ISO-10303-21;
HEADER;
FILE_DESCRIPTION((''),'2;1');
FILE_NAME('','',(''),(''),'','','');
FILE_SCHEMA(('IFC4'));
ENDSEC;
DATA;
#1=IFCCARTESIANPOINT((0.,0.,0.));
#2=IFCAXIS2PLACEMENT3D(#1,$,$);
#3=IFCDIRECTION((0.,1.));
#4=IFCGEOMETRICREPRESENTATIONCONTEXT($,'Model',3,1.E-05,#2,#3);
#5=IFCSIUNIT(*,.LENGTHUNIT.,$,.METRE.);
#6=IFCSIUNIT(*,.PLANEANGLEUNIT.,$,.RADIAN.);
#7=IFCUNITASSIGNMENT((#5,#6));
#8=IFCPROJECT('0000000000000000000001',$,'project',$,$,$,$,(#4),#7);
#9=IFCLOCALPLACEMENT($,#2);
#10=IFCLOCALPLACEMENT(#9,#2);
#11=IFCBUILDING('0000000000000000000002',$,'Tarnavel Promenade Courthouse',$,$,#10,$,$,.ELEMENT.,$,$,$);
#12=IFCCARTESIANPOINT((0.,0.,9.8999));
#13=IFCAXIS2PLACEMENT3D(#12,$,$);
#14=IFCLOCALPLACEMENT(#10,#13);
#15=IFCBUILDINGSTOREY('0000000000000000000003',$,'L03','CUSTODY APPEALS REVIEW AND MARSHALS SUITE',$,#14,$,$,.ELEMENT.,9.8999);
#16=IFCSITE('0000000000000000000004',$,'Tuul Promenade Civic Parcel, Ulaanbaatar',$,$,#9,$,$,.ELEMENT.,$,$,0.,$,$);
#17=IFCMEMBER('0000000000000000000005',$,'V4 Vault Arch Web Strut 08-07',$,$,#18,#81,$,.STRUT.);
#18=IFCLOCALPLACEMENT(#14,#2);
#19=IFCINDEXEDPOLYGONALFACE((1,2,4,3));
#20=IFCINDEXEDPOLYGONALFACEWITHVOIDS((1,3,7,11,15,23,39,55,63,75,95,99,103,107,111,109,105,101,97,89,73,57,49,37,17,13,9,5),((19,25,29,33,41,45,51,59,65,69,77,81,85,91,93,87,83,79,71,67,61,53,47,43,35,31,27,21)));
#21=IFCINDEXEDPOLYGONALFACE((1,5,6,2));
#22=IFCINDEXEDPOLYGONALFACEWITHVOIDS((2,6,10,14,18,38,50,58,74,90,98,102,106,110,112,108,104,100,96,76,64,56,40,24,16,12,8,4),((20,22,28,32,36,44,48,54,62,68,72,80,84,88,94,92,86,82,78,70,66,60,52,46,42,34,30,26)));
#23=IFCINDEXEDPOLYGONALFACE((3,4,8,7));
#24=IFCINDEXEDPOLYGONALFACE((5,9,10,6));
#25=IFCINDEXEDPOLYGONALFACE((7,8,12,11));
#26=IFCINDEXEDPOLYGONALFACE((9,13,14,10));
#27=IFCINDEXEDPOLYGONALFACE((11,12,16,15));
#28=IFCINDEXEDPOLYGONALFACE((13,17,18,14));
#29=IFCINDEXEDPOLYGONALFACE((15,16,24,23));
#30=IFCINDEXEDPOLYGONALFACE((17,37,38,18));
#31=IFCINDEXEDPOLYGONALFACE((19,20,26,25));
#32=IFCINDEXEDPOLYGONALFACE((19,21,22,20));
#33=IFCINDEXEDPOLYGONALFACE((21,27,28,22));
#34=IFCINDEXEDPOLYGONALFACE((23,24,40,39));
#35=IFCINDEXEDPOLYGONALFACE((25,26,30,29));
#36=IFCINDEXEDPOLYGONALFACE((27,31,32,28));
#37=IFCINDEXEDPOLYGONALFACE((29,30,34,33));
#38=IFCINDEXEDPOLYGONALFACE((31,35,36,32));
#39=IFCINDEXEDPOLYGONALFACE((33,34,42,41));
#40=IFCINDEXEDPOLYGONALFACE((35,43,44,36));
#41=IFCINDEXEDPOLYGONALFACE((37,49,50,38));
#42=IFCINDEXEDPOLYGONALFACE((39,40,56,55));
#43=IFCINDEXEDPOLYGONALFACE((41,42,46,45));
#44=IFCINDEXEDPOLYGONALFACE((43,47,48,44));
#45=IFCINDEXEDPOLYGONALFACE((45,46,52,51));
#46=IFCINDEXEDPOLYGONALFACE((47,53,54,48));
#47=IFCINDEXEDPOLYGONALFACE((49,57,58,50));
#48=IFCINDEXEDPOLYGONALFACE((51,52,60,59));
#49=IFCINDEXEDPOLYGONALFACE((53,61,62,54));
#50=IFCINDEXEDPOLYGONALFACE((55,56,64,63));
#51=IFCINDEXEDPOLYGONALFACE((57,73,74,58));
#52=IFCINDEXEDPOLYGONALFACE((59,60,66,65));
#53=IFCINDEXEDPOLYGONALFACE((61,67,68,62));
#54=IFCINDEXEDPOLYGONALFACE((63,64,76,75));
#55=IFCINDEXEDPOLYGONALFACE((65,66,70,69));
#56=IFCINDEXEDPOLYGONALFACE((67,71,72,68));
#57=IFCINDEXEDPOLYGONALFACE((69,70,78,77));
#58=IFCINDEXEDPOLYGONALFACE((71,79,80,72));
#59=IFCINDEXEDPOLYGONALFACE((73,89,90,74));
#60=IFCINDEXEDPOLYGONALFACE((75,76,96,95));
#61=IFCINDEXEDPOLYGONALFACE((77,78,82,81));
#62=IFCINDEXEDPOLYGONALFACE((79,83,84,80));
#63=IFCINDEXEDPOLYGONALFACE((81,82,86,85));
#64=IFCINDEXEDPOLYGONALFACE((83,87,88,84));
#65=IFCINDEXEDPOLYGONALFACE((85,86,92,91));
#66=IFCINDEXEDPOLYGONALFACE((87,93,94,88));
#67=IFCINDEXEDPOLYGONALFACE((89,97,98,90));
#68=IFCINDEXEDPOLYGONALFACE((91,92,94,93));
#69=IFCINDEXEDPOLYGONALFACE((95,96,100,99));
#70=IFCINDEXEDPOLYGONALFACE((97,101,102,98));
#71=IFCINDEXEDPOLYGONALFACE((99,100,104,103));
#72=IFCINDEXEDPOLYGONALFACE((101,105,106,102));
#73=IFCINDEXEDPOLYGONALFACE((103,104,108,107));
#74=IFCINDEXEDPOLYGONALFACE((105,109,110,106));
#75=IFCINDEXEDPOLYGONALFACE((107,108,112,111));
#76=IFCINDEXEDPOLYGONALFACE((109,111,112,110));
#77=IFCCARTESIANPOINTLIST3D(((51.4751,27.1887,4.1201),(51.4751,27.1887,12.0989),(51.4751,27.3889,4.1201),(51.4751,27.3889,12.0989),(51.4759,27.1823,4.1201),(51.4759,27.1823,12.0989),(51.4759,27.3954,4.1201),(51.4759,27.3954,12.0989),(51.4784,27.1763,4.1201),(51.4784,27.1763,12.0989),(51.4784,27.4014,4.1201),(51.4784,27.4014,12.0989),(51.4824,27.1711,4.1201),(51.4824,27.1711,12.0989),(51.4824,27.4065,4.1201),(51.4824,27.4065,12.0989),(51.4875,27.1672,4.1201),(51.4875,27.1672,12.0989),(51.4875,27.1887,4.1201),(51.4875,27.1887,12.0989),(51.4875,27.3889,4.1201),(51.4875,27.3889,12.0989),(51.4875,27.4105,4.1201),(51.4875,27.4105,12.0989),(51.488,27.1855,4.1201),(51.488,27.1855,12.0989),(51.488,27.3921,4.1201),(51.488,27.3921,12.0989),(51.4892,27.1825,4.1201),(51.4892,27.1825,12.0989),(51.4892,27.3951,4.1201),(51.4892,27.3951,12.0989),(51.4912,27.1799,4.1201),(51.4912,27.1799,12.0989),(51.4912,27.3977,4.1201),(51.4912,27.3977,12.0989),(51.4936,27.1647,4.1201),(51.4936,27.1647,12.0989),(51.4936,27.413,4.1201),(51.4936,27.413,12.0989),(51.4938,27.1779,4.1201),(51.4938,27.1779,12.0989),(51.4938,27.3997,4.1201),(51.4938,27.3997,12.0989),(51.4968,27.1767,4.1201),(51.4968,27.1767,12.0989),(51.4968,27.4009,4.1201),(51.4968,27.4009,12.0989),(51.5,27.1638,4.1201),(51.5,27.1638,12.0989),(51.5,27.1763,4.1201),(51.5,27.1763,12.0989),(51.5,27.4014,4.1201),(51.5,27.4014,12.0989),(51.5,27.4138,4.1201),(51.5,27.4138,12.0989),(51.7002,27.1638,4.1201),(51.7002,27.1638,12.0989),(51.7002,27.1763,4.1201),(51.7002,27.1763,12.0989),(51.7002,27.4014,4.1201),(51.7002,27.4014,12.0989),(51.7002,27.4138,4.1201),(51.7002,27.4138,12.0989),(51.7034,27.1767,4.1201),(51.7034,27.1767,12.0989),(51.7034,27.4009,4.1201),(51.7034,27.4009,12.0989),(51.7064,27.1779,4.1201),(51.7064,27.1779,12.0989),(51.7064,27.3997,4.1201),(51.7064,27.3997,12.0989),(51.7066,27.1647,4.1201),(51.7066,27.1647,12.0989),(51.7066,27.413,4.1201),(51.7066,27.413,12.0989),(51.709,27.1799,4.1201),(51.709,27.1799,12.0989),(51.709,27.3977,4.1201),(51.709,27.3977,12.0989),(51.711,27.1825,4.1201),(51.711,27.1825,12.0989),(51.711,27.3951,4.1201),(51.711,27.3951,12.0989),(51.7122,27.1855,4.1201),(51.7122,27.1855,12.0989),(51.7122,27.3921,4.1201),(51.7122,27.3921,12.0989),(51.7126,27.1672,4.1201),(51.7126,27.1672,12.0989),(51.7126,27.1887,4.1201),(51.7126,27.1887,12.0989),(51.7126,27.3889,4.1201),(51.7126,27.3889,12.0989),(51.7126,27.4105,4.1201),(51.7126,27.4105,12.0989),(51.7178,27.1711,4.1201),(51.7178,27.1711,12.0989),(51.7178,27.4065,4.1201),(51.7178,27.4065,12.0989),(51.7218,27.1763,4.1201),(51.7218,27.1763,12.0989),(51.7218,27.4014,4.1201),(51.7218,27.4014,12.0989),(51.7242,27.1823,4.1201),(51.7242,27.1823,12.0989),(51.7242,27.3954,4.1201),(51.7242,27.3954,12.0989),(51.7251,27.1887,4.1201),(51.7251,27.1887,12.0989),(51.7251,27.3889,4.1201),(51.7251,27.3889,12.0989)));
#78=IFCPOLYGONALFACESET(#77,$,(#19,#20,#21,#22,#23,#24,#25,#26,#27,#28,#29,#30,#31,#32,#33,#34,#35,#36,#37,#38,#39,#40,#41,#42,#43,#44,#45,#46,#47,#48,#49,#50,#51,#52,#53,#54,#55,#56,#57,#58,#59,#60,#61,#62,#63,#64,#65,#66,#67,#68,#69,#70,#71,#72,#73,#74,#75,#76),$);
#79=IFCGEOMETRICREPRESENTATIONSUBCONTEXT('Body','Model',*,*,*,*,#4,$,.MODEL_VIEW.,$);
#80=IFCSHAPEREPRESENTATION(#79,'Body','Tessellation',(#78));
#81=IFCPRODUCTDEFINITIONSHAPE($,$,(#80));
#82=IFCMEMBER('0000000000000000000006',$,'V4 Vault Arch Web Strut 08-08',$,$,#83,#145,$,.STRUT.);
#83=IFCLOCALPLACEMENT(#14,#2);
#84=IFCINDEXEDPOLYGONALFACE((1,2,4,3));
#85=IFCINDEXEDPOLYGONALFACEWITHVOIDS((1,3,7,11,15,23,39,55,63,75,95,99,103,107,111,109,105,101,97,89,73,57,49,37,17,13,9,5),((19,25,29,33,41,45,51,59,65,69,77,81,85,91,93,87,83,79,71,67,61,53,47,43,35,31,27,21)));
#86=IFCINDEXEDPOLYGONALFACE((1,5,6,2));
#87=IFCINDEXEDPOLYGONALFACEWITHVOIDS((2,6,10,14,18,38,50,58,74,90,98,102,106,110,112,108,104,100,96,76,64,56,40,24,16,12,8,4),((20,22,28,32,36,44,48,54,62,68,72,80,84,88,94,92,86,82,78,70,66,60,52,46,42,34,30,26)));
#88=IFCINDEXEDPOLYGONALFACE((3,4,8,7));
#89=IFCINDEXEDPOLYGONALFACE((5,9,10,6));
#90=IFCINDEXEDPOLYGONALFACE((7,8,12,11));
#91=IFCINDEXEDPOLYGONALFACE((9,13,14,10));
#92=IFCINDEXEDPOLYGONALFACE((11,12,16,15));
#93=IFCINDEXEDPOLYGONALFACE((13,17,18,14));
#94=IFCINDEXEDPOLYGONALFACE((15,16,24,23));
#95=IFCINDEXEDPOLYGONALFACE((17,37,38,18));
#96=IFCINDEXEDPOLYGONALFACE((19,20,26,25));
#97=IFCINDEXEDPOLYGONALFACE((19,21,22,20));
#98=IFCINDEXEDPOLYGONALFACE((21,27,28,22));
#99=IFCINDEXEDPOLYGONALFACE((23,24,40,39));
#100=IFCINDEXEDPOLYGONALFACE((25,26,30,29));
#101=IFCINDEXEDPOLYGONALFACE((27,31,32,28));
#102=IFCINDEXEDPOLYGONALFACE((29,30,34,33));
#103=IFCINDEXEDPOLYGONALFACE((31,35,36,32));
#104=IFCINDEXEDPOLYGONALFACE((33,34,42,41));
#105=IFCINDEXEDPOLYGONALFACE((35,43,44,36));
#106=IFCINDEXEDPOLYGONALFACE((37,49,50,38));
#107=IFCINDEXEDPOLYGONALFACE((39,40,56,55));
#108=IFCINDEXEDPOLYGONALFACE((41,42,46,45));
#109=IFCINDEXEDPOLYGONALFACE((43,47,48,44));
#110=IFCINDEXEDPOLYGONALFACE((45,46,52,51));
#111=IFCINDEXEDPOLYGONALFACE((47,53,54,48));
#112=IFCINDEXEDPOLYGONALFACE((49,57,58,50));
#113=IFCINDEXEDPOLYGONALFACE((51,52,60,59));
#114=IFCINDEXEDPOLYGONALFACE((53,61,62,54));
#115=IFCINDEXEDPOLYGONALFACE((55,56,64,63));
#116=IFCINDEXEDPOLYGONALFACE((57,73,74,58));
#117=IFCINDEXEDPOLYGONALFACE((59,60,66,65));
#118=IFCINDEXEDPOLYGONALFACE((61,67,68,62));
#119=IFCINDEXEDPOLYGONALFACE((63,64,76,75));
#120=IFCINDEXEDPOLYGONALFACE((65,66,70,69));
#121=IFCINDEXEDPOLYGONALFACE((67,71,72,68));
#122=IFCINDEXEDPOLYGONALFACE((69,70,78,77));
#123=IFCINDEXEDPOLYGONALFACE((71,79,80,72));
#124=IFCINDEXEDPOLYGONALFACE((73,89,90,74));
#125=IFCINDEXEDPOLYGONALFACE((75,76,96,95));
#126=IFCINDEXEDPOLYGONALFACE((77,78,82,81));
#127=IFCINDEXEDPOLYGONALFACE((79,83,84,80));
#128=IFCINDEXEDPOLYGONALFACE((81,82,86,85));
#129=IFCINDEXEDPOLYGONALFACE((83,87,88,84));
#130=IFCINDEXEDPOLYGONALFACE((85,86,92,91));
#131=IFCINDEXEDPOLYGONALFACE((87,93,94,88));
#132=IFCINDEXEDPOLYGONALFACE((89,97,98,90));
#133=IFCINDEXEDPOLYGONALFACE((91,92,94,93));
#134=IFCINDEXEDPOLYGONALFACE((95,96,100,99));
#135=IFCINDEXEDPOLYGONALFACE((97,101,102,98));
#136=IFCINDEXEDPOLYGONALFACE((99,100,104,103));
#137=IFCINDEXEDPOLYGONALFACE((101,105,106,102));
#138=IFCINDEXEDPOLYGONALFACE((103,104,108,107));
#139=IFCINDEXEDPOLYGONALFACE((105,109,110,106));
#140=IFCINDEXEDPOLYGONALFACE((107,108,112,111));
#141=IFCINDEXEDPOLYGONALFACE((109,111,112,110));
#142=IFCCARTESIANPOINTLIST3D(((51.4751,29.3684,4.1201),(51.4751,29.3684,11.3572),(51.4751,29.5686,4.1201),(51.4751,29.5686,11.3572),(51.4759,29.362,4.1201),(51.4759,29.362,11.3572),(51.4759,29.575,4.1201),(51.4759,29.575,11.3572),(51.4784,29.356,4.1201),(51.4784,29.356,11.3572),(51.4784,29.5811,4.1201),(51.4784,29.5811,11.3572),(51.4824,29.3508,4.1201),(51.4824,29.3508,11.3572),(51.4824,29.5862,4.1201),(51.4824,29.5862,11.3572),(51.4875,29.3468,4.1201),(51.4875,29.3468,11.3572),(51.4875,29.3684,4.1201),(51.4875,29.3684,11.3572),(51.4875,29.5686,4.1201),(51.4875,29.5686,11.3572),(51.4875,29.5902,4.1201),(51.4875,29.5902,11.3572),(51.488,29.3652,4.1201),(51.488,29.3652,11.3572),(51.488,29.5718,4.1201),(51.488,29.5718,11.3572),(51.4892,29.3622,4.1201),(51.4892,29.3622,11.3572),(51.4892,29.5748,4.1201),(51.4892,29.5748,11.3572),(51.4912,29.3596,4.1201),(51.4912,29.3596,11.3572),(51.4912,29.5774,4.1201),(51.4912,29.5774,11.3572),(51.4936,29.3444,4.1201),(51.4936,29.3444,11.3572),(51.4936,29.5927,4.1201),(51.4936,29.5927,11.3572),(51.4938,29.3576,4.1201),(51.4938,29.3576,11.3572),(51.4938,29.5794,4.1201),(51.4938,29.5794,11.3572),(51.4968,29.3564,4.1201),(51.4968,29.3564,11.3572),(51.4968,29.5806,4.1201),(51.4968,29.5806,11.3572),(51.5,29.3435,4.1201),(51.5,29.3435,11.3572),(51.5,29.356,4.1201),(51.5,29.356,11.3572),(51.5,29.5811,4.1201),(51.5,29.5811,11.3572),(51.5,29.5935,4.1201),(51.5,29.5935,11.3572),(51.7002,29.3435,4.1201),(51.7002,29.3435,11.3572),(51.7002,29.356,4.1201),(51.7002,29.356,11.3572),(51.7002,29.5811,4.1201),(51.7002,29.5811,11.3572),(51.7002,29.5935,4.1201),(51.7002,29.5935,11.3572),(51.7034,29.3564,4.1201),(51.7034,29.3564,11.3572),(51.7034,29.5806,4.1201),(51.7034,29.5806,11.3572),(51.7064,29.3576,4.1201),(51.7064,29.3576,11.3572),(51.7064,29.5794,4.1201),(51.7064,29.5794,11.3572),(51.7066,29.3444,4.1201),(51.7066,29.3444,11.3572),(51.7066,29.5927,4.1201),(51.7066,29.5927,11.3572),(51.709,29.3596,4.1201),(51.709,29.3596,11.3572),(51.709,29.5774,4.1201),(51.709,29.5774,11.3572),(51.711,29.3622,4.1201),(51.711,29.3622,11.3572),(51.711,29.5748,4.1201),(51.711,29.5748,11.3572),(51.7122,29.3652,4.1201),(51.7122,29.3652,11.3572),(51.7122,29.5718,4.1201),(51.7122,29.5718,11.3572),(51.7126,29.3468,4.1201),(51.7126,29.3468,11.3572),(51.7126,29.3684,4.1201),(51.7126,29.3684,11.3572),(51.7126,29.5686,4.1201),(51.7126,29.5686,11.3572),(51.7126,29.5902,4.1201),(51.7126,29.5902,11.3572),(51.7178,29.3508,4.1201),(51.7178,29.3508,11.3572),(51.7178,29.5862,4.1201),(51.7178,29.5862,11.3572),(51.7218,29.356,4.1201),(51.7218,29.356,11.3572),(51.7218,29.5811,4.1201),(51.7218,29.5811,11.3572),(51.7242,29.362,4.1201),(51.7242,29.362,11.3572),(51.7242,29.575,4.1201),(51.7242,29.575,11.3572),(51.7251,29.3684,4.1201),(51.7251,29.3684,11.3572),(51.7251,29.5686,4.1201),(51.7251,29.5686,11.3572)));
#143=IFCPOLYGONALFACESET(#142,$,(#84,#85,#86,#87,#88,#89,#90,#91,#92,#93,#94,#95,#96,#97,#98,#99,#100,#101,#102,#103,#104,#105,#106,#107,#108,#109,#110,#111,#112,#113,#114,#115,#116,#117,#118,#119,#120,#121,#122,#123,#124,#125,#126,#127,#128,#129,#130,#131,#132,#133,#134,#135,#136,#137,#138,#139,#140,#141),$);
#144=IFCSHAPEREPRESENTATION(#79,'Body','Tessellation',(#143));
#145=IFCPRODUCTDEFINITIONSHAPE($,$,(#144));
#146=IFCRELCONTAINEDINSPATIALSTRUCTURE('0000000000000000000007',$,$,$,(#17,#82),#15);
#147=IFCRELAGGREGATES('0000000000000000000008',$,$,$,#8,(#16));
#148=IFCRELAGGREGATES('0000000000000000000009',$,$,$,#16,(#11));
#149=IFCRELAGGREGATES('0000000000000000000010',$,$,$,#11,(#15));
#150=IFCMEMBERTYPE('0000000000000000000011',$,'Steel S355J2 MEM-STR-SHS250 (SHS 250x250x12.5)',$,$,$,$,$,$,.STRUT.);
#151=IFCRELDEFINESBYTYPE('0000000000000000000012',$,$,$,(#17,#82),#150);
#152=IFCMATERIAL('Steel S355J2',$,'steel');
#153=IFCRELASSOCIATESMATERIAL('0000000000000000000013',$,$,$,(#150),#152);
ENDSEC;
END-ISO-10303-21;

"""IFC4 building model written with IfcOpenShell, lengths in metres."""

from ifc_helpers import new_model, si_unit, direction, frame, origin, origin_2d, place, context, subcontext, project, spatial, hollow_rectangle, extrude, material, material_profile, profile_set, type_object, element, save


model = new_model("IFC4")

# Units and contexts
model_context = context("Model", 3, precision=1e-05, world=origin(), true_north=direction((0.0, 1.0)))
body_context = subcontext(model_context, "Body", "Model", "MODEL_VIEW")
ifc_project = project(units=[si_unit("LENGTHUNIT", "METRE"), si_unit("PLANEANGLEUNIT", "RADIAN")], contexts=[model_context])

# Site, building, storey
site_placement = place(None, origin())
site = spatial("IfcSite", under=ifc_project, at=site_placement, Name="Tuul Promenade Civic Parcel, Ulaanbaatar", CompositionType="ELEMENT", RefElevation=0.0)
building_placement = place(site_placement, origin())
building = spatial("IfcBuilding", under=site, at=building_placement, Name="Tarnavel Promenade Courthouse", CompositionType="ELEMENT")
storey_placement = place(building_placement, frame((0.0, 0.0, 9.8999)))
storey = spatial("IfcBuildingStorey", under=building, at=storey_placement, Name="L03", Description="CUSTODY APPEALS REVIEW AND MARSHALS SUITE", CompositionType="ELEMENT", Elevation=9.8999)

# Shared definitions
ifc_material = material(Name="Steel S355J2", Category="steel")

# Members
ifc_material_profile_1 = material_profile(ifc_material, hollow_rectangle(XDim=0.25, YDim=0.25, WallThickness=0.0125, InnerFilletRadius=0.0125, OuterFilletRadius=0.0249, at=origin_2d()), Name="SHS 250x250x12.5")
ifc_profile_set_1 = profile_set([ifc_material_profile_1], Name="Steel S355J2")
member_type = type_object("IfcMemberType", Name="Steel S355J2 MEM-STR-SHS250 (SHS 250x250x12.5)", PredefinedType="STRUT", material=ifc_profile_set_1)
member_1_placement = place(storey_placement, frame((51.6001, 27.2888, 4.1201), z_axis=(0.0, 0.0, 1.0), x_axis=(1.0, 0.0, 0.0)))
element("IfcMember", 1, at=member_1_placement, inside=storey, type_object=member_type, Name="V4 Vault Arch Web Strut 08-07", PredefinedType="STRUT", context=body_context, shape_type="SweptSolid", body=[
    extrude(hollow_rectangle(XDim=0.25, YDim=0.25, WallThickness=0.0125, InnerFilletRadius=0.0125, OuterFilletRadius=0.0249, at=origin_2d()), origin(), (0.0, 0.0, 1.0), 7.9788),
])
member_2_placement = place(storey_placement, frame((51.6001, 29.4685, 4.1201), z_axis=(0.0, 0.0, 1.0), x_axis=(1.0, 0.0, 0.0)))
element("IfcMember", 2, at=member_2_placement, inside=storey, type_object=member_type, Name="V4 Vault Arch Web Strut 08-08", PredefinedType="STRUT", context=body_context, shape_type="SweptSolid", body=[
    extrude(hollow_rectangle(XDim=0.25, YDim=0.25, WallThickness=0.0125, InnerFilletRadius=0.0125, OuterFilletRadius=0.0249, at=origin_2d()), origin(), (0.0, 0.0, 1.0), 7.2371),
])

save(model, "model.ifc")
